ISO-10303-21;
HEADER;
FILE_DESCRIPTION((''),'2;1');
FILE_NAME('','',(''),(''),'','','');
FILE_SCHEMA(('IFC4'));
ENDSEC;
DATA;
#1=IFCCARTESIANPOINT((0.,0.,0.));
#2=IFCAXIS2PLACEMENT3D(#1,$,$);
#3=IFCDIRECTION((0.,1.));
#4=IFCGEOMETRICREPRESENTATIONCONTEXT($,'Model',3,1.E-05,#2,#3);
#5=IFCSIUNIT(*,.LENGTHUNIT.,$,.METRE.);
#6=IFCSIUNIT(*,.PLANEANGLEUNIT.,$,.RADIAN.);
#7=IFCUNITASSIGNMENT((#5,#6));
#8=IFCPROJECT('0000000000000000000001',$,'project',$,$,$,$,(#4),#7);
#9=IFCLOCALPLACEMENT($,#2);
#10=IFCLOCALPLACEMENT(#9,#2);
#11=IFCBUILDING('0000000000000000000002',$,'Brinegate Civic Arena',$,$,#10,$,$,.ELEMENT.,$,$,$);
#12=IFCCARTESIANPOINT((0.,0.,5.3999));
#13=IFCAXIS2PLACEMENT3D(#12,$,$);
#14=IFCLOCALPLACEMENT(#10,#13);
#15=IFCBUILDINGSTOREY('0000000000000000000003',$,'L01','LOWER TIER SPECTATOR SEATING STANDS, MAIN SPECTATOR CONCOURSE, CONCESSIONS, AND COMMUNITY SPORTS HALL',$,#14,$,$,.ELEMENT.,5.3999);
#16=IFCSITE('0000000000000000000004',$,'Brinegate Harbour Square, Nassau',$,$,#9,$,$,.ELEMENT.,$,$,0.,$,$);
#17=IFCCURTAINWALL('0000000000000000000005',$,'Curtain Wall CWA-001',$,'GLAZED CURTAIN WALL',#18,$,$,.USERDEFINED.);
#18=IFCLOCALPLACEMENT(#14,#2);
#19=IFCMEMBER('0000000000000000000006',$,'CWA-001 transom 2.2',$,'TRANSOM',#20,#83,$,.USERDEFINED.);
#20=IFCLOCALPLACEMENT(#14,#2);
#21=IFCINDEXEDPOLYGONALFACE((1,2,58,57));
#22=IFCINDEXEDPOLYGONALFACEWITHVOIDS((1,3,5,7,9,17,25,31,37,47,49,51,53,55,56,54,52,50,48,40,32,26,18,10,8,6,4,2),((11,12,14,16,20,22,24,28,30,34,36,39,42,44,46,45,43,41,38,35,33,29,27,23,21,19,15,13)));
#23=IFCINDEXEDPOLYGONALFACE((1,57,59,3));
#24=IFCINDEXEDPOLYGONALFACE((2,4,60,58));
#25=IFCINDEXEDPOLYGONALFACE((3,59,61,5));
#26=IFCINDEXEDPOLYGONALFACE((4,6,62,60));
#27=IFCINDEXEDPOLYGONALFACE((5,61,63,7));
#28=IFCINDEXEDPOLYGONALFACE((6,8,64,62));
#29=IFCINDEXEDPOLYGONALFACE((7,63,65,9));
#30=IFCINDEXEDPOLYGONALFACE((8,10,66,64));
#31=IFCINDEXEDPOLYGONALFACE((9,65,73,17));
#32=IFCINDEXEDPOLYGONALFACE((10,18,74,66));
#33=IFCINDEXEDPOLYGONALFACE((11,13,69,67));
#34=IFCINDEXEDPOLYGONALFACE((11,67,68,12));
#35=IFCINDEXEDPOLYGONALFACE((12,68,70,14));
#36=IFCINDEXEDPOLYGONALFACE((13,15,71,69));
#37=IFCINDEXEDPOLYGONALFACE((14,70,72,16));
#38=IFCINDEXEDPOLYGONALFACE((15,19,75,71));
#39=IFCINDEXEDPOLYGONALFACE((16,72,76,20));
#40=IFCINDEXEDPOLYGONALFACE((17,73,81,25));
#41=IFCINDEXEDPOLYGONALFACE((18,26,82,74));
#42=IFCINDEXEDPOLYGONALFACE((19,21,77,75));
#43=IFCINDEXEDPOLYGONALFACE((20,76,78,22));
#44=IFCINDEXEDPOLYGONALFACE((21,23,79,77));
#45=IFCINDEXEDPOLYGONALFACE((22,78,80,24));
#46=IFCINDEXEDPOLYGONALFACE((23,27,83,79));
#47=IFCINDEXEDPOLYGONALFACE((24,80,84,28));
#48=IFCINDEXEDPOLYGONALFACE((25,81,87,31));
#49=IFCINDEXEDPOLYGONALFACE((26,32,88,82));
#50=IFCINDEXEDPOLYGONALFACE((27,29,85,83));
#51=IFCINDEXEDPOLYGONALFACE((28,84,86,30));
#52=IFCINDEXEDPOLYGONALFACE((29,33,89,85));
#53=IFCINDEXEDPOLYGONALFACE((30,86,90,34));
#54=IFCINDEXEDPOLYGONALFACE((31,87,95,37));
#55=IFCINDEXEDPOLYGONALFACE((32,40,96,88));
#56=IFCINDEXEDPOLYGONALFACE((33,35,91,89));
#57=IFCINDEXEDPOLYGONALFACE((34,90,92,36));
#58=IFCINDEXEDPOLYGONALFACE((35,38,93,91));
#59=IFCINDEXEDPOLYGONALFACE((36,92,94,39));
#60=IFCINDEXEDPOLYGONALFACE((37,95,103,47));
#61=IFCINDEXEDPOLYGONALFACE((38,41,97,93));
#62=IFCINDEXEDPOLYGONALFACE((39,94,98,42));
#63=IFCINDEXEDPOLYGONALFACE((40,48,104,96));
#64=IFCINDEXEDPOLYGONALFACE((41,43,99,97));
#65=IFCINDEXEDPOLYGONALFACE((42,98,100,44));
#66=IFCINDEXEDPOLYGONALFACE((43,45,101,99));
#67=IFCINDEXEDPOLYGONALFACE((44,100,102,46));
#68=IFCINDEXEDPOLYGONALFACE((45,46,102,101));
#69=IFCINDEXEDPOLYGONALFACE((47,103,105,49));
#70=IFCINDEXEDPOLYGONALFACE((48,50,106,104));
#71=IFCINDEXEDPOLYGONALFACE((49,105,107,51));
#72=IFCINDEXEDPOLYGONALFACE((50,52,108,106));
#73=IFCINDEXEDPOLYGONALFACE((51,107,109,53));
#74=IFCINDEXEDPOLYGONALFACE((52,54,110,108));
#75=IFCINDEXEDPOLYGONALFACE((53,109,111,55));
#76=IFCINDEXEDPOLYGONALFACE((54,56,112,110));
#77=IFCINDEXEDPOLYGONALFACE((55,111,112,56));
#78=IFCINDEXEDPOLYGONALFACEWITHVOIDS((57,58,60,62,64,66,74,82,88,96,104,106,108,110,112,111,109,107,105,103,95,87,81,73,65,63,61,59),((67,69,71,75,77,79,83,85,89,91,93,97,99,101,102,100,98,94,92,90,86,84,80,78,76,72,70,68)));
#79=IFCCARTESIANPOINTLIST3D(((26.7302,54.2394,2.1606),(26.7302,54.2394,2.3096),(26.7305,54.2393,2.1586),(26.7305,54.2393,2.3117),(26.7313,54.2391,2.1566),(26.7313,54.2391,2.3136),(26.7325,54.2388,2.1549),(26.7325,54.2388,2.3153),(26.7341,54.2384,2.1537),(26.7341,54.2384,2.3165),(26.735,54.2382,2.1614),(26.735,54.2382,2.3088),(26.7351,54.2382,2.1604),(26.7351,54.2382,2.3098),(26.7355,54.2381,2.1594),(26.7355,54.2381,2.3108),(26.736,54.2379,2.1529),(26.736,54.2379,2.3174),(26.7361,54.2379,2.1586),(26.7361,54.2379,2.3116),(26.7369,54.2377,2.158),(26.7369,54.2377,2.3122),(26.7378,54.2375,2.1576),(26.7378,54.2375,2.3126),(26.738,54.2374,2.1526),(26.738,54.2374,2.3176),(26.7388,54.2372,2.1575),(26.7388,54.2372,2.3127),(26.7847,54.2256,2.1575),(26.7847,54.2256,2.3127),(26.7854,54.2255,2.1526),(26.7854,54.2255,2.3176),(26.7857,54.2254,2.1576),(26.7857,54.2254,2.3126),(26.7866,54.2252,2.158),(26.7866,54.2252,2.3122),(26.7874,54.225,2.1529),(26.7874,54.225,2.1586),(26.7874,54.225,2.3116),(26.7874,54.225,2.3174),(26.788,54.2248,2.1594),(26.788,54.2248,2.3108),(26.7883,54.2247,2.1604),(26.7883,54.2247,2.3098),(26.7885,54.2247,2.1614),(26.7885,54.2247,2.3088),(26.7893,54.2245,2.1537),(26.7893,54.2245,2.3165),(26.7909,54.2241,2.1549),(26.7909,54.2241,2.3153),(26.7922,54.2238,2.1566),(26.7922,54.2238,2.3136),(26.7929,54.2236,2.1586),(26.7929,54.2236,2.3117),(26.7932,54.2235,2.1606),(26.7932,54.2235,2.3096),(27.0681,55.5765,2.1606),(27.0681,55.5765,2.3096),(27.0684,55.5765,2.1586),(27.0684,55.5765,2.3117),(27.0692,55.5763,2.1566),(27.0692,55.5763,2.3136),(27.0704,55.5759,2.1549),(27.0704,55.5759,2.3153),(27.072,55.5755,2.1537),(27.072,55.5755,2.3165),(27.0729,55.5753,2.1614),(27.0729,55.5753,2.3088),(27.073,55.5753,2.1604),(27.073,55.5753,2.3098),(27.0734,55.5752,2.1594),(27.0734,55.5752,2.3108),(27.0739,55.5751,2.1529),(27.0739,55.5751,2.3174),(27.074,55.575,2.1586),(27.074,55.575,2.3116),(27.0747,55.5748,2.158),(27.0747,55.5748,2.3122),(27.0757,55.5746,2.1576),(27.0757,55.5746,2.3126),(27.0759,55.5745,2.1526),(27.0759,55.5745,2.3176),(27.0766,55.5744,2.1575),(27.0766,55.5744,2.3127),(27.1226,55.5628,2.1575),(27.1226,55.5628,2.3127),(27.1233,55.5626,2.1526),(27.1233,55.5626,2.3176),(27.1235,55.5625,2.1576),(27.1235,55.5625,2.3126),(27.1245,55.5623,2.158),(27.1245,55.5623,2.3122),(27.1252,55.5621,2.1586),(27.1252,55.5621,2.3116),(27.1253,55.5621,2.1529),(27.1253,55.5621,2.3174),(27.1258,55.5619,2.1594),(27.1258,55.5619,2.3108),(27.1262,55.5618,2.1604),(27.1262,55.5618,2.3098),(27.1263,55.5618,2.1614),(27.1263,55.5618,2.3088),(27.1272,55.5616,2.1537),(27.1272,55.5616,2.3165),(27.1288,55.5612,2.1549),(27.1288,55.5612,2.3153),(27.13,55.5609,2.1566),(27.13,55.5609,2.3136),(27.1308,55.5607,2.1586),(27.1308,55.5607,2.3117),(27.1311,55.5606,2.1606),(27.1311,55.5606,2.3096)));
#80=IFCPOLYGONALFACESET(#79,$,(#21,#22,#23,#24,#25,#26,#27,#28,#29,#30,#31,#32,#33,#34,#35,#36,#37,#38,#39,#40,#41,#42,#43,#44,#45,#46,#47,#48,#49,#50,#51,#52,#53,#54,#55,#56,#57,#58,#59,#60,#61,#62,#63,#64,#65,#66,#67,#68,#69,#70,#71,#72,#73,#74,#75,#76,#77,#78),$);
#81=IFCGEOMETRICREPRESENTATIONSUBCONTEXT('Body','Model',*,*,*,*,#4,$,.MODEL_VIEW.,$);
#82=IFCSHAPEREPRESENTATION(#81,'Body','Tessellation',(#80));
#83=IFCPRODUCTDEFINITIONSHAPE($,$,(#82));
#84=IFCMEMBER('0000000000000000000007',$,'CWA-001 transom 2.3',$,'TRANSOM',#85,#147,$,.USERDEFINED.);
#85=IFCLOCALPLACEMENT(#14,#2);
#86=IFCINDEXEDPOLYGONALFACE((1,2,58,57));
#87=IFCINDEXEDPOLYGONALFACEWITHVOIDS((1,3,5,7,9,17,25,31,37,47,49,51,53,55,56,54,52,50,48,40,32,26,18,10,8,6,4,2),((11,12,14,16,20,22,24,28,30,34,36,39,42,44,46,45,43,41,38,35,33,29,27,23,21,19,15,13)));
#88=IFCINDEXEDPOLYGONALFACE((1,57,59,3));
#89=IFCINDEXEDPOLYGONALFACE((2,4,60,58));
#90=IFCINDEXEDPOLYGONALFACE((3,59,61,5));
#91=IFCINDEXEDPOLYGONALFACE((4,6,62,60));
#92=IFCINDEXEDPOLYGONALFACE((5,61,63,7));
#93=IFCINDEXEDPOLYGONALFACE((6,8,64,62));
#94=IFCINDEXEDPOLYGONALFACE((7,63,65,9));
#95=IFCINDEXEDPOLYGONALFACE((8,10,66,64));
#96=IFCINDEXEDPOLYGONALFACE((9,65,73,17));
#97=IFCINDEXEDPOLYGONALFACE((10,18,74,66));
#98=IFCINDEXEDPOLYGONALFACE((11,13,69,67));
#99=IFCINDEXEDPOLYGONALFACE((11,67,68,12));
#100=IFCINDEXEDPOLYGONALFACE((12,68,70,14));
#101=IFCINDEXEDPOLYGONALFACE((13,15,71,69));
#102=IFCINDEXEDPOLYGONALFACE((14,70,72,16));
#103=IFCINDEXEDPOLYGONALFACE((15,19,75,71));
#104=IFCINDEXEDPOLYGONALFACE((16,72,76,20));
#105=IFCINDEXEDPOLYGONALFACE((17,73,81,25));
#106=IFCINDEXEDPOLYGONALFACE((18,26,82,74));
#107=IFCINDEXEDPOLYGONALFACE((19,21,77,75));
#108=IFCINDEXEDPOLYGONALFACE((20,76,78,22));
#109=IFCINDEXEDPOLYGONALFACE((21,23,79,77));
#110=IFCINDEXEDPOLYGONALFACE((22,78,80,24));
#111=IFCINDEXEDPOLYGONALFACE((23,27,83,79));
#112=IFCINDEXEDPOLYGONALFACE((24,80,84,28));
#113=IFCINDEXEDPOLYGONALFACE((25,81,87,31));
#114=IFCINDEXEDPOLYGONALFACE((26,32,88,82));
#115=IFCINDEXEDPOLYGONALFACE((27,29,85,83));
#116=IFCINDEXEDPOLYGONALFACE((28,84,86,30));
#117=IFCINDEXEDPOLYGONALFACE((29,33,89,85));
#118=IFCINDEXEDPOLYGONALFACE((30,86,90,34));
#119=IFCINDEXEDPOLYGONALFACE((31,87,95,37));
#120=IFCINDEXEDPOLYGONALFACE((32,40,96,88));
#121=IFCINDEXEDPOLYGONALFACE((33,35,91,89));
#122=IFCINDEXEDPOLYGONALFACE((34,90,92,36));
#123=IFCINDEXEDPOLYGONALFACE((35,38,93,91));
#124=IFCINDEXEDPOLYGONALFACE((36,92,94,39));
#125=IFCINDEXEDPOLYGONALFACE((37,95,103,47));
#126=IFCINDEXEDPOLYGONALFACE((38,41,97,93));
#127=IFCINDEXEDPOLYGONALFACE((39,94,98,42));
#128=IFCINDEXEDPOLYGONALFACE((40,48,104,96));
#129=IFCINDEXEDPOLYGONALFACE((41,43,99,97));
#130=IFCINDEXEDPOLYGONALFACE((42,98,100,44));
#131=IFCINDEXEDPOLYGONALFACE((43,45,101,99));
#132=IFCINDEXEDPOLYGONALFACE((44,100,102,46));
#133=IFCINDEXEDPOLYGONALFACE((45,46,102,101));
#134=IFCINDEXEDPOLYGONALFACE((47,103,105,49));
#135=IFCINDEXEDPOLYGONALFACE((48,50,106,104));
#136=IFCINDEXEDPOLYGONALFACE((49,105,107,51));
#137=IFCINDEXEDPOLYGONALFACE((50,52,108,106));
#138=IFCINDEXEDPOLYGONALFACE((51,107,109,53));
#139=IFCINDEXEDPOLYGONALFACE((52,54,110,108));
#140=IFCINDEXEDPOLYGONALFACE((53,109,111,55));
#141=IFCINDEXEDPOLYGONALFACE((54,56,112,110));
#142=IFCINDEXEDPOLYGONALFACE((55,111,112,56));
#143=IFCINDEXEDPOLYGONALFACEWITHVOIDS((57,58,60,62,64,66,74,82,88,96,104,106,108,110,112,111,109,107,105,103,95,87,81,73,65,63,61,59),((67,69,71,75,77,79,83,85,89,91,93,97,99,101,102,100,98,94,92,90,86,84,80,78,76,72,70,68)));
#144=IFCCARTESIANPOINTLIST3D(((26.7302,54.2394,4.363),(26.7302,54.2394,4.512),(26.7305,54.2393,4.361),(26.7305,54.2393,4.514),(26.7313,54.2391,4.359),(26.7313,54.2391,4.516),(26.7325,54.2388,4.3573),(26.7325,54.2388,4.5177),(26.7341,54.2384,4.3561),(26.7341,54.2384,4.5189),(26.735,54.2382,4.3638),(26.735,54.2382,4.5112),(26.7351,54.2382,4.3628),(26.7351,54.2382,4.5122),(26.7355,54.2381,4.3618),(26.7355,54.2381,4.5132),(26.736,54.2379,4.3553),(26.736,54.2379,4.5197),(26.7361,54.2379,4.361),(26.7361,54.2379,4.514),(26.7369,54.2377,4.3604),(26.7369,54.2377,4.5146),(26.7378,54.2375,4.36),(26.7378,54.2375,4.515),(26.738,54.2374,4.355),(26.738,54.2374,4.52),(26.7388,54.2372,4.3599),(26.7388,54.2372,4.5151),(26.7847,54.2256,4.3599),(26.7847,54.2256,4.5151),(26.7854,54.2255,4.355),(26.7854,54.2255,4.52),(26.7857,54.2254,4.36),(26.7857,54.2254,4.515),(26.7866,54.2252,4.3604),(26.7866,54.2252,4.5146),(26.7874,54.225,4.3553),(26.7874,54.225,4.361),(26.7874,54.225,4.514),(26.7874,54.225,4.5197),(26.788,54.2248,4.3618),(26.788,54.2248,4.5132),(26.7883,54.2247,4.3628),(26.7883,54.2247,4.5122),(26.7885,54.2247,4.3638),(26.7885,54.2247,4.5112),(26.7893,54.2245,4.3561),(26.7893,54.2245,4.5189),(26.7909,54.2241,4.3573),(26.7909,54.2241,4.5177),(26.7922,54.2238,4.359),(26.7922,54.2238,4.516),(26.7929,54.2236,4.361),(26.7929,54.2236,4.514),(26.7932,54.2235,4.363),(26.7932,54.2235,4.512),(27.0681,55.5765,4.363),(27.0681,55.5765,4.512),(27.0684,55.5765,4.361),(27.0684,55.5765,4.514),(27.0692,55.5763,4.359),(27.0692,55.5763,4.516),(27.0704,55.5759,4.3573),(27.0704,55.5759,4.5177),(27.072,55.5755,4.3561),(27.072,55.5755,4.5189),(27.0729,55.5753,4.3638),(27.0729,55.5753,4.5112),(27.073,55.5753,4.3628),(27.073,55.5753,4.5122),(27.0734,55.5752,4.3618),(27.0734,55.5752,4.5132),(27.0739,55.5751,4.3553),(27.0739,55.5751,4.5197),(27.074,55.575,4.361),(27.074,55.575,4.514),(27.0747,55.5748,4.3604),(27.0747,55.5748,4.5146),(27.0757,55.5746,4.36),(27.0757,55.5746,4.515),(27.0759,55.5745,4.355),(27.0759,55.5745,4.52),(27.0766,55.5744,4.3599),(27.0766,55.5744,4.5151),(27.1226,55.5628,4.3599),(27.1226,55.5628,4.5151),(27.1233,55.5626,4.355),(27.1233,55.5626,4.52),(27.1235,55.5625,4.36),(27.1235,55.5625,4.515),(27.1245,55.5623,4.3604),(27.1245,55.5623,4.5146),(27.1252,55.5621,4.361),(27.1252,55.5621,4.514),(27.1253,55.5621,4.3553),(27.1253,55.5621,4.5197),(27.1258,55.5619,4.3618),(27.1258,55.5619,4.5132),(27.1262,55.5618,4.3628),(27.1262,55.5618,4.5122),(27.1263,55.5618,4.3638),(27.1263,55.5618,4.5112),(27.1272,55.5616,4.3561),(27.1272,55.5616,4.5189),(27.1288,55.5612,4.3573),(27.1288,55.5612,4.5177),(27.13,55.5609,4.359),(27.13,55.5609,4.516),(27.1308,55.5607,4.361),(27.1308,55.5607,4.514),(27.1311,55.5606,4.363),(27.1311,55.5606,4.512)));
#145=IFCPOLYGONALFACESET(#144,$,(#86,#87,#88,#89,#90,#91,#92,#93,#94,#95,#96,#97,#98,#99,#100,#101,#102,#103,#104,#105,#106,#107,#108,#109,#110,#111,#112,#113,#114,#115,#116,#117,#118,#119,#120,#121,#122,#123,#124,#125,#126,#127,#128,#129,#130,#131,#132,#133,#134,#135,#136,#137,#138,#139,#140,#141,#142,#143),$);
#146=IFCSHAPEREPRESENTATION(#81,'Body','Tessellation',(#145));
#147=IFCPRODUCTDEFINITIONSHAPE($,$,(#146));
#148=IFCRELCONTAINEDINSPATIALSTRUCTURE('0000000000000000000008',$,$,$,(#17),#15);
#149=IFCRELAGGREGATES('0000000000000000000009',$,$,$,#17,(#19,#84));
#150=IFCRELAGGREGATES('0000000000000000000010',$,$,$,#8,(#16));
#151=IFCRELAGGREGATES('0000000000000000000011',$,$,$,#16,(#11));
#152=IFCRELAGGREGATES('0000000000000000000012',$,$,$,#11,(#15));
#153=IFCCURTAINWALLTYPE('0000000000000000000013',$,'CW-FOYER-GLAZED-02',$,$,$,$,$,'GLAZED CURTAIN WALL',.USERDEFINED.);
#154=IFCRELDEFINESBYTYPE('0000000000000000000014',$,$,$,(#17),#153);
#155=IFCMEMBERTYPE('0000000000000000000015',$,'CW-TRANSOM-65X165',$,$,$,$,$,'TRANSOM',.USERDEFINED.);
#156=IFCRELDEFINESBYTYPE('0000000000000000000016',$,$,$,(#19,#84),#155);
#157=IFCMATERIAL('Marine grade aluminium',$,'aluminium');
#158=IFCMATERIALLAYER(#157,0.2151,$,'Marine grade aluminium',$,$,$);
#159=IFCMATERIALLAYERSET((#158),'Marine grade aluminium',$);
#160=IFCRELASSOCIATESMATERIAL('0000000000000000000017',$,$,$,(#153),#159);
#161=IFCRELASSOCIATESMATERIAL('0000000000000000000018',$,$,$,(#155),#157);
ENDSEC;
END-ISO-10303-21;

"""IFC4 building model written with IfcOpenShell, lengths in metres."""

from ifc_helpers import new_model, si_unit, direction, frame, origin, origin_2d, place, context, subcontext, project, spatial, hollow_rectangle, extrude, material, layer, layer_set, material_profile, profile_set, type_object, element, aggregate, save


model = new_model("IFC4")

# Units and contexts
model_context = context("Model", 3, precision=1e-05, world=origin(), true_north=direction((0.0, 1.0)))
body_context = subcontext(model_context, "Body", "Model", "MODEL_VIEW")
ifc_project = project(units=[si_unit("LENGTHUNIT", "METRE"), si_unit("PLANEANGLEUNIT", "RADIAN")], contexts=[model_context])

# Site, building, storey
site_placement = place(None, origin())
site = spatial("IfcSite", under=ifc_project, at=site_placement, Name="Brinegate Harbour Square, Nassau", CompositionType="ELEMENT", RefElevation=0.0)
building_placement = place(site_placement, origin())
building = spatial("IfcBuilding", under=site, at=building_placement, Name="Brinegate Civic Arena", CompositionType="ELEMENT")
storey_placement = place(building_placement, frame((0.0, 0.0, 5.3999)))
storey = spatial("IfcBuildingStorey", under=building, at=storey_placement, Name="L01", Description="LOWER TIER SPECTATOR SEATING STANDS, MAIN SPECTATOR CONCOURSE, CONCESSIONS, AND COMMUNITY SPORTS HALL", CompositionType="ELEMENT", Elevation=5.3999)

# Curtain wall, members
ifc_material_1 = material(Name="Marine grade aluminium", Category="aluminium")
ifc_layer_1 = layer(ifc_material_1, 0.2151, Name="Marine grade aluminium")
ifc_layer_set_1 = layer_set([ifc_layer_1], Name="Marine grade aluminium")
curtain_wall_type = type_object("IfcCurtainWallType", Name="CW-FOYER-GLAZED-02", ElementType="GLAZED CURTAIN WALL", PredefinedType="USERDEFINED", material=ifc_layer_set_1)
curtain_wall_placement = place(storey_placement, origin())
curtain_wall = element("IfcCurtainWall", 1, at=curtain_wall_placement, inside=storey, type_object=curtain_wall_type, Name="Curtain Wall CWA-001", ObjectType="GLAZED CURTAIN WALL", PredefinedType="USERDEFINED")
ifc_material_profile_1 = material_profile(ifc_material_1, hollow_rectangle(XDim=0.0649, YDim=0.165, WallThickness=0.0049, InnerFilletRadius=0.0039, OuterFilletRadius=0.0081, at=origin_2d()), Name="TRN65X165")
ifc_profile_set_1 = profile_set([ifc_material_profile_1], Name="Marine grade aluminium")
member_type_1 = type_object("IfcMemberType", Name="CW-TRANSOM-65X165", ElementType="TRANSOM", PredefinedType="USERDEFINED", material=ifc_profile_set_1)
member_1_placement = place(storey_placement, frame((26.7617, 54.2314, 2.2351), z_axis=(0.244992, 0.969525, 0.0), x_axis=(-0.969525, 0.244992, 0.0)))
member_1 = element("IfcMember", 2, at=member_1_placement, type_object=member_type_1, Name="CWA-001 transom 2.2", ObjectType="TRANSOM", PredefinedType="USERDEFINED", context=body_context, shape_type="SweptSolid", body=[
    extrude(hollow_rectangle(XDim=0.0649, YDim=0.165, WallThickness=0.0049, InnerFilletRadius=0.0039, OuterFilletRadius=0.0081, at=origin_2d()), origin(), (0.0, 0.0, 1.0), 1.3792),
])
member_2_placement = place(storey_placement, frame((26.7617, 54.2314, 4.4375), z_axis=(0.244992, 0.969525, 0.0), x_axis=(-0.969525, 0.244992, 0.0)))
member_2 = element("IfcMember", 3, at=member_2_placement, type_object=member_type_1, Name="CWA-001 transom 2.3", ObjectType="TRANSOM", PredefinedType="USERDEFINED", context=body_context, shape_type="SweptSolid", body=[
    extrude(hollow_rectangle(XDim=0.0649, YDim=0.165, WallThickness=0.0049, InnerFilletRadius=0.0039, OuterFilletRadius=0.0081, at=origin_2d()), origin(), (0.0, 0.0, 1.0), 1.3792),
])
aggregate(curtain_wall, [member_1, member_2])

save(model, "model.ifc")
